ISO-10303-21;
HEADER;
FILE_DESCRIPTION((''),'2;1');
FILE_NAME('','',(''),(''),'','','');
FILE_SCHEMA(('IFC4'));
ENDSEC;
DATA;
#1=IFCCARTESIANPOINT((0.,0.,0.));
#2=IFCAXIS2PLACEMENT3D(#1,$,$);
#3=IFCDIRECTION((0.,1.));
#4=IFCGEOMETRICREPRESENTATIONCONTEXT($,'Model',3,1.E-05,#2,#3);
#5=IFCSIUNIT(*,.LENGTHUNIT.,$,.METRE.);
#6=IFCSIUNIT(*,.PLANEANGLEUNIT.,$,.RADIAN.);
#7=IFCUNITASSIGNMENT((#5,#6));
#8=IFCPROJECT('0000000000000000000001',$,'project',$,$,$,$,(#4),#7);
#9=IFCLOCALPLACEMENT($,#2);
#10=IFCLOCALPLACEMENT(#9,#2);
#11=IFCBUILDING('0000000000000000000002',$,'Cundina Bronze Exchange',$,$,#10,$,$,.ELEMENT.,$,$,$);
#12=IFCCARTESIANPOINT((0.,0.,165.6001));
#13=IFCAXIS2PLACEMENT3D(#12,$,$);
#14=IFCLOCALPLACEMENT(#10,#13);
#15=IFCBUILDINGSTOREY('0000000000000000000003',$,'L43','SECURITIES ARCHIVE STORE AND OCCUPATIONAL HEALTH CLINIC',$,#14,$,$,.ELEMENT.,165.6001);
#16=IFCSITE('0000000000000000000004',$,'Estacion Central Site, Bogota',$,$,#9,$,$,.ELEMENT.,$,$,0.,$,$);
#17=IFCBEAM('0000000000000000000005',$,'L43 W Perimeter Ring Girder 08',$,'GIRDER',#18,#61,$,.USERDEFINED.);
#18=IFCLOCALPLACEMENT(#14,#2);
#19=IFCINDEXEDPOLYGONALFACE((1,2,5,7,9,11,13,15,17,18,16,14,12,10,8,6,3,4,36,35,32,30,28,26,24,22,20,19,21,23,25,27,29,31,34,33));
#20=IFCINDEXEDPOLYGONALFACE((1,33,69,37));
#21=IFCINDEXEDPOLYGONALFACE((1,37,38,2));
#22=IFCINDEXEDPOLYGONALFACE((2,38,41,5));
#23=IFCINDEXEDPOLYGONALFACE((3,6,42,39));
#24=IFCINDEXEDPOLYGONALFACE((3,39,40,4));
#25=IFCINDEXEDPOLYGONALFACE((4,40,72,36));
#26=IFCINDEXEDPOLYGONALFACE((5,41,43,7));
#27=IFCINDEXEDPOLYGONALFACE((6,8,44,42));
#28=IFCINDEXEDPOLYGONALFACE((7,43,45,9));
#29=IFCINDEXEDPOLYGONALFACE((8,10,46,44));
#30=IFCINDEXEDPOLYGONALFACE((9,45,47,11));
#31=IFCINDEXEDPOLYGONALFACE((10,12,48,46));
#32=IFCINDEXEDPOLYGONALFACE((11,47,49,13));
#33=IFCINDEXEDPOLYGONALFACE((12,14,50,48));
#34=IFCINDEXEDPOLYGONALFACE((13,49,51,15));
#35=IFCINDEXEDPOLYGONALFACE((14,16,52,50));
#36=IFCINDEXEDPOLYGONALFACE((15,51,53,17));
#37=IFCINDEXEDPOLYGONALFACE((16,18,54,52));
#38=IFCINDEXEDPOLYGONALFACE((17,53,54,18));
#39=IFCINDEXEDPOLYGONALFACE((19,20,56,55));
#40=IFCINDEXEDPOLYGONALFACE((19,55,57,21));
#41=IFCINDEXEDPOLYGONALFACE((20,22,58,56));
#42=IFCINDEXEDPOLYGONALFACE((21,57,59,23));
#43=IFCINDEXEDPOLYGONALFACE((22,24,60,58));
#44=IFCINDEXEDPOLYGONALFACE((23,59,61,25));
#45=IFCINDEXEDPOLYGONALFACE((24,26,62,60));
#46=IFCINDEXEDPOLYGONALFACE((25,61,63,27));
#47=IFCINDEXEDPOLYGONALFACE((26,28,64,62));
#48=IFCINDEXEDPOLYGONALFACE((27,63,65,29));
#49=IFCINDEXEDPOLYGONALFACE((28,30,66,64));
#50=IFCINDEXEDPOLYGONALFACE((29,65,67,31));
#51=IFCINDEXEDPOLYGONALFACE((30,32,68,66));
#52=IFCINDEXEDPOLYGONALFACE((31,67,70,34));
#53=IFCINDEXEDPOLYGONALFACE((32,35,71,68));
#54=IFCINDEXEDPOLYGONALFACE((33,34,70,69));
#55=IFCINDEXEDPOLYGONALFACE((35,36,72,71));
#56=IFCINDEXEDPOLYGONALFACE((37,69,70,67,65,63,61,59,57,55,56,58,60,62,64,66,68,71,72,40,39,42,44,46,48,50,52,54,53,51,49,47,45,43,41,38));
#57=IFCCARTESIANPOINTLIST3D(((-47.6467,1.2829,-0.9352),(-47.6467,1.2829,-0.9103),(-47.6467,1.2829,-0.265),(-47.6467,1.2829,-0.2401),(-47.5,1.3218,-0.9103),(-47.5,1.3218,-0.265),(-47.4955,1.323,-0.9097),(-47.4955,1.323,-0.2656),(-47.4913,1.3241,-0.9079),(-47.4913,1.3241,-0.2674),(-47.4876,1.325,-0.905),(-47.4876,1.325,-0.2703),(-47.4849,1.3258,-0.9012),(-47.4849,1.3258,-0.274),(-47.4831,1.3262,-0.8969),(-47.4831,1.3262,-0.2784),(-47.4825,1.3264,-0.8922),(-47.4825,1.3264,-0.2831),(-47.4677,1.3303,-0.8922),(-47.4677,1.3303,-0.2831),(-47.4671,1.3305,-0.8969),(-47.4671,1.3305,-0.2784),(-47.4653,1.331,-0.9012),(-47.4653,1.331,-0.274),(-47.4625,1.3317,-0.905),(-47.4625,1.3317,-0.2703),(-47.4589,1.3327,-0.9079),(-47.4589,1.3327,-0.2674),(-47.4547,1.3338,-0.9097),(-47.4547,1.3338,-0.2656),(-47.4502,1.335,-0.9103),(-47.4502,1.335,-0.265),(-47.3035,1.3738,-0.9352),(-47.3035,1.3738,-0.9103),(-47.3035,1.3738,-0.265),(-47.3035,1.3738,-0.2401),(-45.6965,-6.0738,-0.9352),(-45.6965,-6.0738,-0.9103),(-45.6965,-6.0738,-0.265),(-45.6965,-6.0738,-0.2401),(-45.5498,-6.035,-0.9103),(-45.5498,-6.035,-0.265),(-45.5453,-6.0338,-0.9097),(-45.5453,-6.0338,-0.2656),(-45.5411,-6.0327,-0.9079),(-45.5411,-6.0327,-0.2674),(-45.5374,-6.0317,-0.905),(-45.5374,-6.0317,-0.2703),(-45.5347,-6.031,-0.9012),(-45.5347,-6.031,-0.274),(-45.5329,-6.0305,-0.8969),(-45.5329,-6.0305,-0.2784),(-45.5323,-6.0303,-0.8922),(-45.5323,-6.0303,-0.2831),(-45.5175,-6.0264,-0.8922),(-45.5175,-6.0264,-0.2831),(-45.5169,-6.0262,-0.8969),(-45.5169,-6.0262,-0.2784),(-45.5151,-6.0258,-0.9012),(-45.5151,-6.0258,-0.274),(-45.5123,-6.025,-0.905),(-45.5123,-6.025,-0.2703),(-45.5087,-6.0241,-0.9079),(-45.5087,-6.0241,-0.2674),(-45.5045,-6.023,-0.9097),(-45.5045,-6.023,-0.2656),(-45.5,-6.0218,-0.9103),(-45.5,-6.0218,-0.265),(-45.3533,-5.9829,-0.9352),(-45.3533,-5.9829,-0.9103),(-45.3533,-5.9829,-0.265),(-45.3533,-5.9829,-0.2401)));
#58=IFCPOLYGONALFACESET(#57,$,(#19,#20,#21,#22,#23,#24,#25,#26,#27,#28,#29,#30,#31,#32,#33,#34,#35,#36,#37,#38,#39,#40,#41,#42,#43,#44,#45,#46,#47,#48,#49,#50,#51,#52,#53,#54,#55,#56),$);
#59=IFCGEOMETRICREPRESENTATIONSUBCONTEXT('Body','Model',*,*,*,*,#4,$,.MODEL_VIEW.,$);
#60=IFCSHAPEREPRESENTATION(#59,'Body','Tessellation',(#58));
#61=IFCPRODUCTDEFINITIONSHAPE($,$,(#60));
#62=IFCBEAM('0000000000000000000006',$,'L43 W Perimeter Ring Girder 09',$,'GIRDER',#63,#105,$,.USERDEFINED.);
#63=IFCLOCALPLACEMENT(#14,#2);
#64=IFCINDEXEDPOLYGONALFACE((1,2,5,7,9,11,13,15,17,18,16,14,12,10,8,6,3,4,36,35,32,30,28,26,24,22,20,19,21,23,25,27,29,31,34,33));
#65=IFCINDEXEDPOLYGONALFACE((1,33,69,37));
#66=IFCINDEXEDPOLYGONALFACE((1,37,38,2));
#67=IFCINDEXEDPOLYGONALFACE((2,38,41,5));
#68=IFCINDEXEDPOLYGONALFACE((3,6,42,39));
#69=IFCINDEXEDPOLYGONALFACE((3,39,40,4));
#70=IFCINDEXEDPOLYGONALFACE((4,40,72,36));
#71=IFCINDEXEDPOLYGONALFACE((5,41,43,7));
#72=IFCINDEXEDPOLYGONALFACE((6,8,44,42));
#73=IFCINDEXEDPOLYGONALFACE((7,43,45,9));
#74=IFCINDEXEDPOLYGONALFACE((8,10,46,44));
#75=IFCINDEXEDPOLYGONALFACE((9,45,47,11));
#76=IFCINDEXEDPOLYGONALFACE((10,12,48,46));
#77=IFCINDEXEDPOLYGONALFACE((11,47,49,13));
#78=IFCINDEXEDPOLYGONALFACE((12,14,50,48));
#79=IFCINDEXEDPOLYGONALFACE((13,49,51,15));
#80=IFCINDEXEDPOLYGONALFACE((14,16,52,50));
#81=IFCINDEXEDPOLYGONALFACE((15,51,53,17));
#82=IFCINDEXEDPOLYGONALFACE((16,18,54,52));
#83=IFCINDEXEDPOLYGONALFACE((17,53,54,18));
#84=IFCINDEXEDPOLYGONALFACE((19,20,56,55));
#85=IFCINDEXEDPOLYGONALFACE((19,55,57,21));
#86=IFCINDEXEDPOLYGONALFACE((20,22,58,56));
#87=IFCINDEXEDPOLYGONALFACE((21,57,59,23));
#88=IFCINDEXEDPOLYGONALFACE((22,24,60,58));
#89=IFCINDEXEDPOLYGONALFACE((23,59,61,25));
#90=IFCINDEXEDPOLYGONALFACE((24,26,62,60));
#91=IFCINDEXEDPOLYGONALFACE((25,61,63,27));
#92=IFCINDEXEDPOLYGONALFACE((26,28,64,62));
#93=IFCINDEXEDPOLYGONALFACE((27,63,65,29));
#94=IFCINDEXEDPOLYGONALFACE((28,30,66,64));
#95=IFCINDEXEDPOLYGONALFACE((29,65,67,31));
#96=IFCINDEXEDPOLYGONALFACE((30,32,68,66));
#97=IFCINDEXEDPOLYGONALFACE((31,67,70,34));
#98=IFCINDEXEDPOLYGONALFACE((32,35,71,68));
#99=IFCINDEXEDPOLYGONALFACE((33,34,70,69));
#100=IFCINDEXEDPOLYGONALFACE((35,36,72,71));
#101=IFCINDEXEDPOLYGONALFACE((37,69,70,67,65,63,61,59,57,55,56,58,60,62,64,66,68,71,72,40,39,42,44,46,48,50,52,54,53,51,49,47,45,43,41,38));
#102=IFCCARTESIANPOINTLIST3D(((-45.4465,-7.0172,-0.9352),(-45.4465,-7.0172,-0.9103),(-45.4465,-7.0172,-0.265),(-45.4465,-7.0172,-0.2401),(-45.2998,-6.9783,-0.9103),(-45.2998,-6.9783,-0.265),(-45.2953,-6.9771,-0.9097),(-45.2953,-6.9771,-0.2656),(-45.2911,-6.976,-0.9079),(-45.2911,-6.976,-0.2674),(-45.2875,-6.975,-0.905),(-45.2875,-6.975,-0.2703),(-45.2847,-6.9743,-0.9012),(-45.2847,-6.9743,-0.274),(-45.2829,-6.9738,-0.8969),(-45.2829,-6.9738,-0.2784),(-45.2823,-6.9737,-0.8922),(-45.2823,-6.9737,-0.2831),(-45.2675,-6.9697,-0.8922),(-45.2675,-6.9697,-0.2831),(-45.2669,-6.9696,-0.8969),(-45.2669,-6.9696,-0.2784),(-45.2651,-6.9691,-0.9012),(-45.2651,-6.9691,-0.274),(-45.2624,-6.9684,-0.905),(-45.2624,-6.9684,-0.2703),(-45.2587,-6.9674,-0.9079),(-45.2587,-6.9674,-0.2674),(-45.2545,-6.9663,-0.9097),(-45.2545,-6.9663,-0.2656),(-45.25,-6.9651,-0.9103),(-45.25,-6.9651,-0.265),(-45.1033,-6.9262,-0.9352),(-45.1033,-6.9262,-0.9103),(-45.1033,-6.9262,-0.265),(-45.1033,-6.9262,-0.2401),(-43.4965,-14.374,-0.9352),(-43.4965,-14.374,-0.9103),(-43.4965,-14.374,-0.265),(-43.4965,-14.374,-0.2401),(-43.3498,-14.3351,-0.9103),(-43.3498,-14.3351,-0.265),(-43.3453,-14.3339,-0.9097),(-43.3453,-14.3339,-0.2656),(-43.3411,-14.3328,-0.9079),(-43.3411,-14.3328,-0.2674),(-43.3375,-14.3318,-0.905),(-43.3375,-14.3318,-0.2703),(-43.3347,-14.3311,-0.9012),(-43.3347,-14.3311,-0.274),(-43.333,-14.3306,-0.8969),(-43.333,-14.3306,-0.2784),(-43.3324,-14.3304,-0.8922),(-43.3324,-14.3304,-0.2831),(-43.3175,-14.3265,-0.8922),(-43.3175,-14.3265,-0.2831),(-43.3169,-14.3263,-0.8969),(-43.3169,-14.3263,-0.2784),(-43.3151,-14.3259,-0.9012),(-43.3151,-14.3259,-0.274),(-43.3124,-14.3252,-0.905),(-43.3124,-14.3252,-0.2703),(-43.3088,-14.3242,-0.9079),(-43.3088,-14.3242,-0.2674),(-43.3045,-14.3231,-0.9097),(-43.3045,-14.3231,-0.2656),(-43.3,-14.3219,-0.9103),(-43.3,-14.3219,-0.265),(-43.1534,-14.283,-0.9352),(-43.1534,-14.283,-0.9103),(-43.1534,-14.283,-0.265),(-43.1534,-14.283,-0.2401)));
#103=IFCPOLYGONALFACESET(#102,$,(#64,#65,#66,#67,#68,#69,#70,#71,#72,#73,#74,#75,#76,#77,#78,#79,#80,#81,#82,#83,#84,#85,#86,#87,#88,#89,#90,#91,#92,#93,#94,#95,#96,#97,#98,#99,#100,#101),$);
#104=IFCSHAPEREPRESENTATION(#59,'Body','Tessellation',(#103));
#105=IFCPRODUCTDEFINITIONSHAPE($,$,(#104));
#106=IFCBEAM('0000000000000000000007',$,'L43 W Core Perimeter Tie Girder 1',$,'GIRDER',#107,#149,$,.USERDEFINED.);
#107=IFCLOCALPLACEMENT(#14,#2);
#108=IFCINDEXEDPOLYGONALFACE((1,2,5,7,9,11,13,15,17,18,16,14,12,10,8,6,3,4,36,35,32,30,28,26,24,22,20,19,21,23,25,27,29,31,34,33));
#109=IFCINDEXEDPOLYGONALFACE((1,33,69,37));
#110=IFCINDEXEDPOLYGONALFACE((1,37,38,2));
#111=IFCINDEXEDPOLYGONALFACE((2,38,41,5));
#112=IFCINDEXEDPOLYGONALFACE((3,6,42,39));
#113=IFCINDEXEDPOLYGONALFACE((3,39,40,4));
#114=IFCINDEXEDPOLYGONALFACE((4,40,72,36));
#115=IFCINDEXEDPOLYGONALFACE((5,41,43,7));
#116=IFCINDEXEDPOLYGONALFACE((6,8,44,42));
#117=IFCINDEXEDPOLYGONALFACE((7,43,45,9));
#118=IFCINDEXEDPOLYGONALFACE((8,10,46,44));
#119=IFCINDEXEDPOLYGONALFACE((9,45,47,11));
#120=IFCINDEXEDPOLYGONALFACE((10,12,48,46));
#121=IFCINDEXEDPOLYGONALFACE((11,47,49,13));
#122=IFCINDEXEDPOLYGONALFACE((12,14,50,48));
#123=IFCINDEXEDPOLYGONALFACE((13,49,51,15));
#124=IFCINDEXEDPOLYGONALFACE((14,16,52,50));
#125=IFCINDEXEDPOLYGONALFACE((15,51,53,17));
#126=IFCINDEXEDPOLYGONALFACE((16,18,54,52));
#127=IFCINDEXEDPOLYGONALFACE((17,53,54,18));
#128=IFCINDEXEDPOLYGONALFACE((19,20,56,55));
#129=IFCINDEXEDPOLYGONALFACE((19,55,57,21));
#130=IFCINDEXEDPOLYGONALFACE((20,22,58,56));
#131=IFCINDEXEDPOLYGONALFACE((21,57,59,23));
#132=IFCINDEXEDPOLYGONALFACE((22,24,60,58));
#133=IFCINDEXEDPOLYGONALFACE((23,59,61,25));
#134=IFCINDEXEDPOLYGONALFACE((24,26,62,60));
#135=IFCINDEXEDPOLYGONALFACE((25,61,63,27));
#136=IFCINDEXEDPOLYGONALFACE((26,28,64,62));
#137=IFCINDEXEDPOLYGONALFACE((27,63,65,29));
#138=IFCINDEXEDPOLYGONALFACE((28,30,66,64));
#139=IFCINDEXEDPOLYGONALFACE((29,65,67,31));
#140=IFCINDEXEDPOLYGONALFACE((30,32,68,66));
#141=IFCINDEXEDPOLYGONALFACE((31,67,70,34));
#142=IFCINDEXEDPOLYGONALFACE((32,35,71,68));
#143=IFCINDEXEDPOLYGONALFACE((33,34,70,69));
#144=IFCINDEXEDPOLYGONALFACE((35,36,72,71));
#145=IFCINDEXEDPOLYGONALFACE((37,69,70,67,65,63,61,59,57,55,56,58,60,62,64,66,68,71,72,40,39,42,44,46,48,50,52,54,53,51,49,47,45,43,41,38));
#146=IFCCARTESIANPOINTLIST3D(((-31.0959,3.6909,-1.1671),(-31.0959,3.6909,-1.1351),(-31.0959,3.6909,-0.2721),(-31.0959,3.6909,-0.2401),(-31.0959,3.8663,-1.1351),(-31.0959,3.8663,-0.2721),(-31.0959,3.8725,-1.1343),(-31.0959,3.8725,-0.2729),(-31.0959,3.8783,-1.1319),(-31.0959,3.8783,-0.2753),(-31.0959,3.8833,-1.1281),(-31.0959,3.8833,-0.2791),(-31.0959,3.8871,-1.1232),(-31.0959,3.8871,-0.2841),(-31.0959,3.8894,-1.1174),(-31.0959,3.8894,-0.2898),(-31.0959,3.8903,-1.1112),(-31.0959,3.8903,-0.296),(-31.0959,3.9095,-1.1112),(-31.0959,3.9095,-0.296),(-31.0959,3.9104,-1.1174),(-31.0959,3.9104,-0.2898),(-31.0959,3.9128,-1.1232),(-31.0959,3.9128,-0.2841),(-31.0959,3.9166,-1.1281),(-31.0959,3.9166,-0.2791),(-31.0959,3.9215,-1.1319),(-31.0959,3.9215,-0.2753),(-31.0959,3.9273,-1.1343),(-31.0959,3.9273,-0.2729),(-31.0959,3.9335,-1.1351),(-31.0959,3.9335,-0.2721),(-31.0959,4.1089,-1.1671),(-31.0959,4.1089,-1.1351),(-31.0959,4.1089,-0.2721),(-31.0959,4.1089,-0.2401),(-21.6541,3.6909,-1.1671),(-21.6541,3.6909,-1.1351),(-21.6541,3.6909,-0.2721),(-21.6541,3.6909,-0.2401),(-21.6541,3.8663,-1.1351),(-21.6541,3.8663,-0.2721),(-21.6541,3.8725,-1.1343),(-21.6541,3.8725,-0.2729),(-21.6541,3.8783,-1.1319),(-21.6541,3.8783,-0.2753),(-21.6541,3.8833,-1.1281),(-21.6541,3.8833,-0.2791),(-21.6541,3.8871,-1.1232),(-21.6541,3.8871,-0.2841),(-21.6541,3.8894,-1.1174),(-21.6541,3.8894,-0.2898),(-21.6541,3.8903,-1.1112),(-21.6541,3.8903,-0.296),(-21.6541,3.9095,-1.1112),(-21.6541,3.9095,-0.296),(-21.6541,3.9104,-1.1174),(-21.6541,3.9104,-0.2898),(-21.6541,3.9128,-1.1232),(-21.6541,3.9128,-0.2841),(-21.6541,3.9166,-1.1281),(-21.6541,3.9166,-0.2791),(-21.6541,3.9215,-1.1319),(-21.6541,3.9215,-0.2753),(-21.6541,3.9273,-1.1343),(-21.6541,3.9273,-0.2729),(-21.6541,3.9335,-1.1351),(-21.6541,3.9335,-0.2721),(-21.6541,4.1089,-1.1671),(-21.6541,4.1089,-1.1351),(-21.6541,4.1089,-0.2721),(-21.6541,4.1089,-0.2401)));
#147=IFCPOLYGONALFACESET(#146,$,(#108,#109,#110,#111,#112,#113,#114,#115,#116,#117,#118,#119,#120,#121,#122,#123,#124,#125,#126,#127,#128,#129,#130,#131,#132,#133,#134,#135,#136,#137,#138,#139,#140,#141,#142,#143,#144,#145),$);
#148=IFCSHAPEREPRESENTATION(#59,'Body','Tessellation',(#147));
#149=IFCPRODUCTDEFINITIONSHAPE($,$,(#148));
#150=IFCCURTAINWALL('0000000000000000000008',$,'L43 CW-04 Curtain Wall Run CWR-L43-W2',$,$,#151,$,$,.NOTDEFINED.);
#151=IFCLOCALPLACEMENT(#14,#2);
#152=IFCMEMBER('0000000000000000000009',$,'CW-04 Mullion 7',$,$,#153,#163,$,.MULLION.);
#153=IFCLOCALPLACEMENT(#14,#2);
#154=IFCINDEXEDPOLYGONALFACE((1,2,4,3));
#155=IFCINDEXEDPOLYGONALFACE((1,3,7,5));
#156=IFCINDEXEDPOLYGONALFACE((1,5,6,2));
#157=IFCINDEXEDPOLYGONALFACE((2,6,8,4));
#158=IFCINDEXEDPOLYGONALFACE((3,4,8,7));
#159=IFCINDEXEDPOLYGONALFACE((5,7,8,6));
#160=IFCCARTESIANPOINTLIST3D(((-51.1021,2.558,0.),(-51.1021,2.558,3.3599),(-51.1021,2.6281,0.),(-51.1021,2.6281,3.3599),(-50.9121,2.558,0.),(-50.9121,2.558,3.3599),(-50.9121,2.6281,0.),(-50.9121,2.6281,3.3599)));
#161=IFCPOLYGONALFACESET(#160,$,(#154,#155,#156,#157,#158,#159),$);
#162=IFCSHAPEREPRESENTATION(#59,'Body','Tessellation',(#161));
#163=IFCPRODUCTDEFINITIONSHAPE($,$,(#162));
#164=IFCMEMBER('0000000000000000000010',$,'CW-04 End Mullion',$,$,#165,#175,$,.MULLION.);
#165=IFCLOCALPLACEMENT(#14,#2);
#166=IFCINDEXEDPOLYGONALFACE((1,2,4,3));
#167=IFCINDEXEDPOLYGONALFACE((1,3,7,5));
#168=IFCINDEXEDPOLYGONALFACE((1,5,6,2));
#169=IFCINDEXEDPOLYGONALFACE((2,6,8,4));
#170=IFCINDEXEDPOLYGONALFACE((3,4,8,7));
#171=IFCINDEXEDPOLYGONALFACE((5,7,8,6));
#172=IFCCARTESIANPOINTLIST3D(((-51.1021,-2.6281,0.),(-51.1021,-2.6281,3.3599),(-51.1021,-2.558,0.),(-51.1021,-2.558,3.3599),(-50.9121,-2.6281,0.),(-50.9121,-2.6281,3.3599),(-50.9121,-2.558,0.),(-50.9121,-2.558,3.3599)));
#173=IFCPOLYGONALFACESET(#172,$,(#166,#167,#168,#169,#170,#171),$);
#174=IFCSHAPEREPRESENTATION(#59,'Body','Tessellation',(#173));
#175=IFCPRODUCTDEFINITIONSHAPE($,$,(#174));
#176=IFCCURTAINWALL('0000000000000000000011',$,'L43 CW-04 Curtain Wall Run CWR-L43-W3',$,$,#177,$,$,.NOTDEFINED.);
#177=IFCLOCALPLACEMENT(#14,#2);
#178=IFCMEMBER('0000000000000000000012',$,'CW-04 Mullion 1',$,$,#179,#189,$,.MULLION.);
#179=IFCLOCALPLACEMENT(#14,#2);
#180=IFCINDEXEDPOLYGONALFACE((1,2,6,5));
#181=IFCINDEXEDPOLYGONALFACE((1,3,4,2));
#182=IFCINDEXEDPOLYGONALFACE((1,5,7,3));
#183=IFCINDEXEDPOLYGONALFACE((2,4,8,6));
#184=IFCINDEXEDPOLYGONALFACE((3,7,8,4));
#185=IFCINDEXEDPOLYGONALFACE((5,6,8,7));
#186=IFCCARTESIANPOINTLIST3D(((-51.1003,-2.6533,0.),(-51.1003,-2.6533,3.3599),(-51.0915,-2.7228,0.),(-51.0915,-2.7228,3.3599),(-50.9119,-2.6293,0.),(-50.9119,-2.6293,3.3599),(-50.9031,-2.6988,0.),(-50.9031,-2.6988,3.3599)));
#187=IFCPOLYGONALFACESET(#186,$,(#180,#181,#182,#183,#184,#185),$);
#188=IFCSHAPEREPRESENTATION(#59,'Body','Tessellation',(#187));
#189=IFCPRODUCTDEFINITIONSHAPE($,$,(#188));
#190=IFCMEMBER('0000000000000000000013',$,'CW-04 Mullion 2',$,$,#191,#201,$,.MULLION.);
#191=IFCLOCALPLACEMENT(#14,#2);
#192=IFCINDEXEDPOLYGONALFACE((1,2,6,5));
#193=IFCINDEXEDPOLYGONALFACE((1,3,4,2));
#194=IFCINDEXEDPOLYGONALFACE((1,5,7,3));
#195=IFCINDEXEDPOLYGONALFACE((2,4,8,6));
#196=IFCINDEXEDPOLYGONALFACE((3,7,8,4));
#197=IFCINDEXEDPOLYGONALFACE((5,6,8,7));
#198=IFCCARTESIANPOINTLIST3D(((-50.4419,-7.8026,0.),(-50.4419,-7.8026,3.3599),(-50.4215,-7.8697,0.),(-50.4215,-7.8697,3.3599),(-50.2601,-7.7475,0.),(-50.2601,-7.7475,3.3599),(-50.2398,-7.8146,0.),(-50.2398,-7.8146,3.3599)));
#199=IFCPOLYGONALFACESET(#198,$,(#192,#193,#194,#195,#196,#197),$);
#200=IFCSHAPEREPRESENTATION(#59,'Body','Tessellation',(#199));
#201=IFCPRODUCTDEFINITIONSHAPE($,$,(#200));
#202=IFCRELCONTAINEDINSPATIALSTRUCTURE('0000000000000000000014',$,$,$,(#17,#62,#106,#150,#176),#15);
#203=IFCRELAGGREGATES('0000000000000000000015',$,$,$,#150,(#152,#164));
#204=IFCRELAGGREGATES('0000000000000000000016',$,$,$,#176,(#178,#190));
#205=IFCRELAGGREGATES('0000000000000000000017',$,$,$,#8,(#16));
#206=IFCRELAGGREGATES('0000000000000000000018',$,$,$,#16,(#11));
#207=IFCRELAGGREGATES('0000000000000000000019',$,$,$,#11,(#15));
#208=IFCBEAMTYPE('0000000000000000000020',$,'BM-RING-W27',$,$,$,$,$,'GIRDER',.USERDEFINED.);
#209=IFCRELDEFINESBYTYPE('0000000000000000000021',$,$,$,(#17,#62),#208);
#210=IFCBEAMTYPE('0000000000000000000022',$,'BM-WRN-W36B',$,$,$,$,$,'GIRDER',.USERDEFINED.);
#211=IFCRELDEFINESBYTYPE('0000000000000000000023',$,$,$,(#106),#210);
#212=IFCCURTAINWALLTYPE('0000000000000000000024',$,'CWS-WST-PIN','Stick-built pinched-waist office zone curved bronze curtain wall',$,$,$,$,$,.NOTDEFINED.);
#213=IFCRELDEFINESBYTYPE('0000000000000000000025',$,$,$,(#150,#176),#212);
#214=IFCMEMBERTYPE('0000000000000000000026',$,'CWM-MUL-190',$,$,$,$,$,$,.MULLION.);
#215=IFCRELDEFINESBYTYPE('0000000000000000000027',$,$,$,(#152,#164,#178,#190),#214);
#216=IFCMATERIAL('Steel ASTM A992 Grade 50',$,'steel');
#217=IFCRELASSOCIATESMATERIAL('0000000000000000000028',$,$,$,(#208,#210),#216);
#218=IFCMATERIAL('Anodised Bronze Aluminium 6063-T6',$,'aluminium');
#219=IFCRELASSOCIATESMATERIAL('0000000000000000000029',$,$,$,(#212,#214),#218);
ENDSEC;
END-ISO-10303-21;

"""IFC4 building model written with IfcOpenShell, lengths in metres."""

from ifc_helpers import new_model, si_unit, direction, frame, origin, origin_2d, place, context, subcontext, project, spatial, rectangle, i_section, extrude, material, material_profile, profile_set, type_object, element, aggregate, save


model = new_model("IFC4")

# Units and contexts
model_context = context("Model", 3, precision=1e-05, world=origin(), true_north=direction((0.0, 1.0)))
body_context = subcontext(model_context, "Body", "Model", "MODEL_VIEW")
ifc_project = project(units=[si_unit("LENGTHUNIT", "METRE"), si_unit("PLANEANGLEUNIT", "RADIAN")], contexts=[model_context])

# Site, building, storey
site_placement = place(None, origin())
site = spatial("IfcSite", under=ifc_project, at=site_placement, Name="Estacion Central Site, Bogota", CompositionType="ELEMENT", RefElevation=0.0)
building_placement = place(site_placement, origin())
building = spatial("IfcBuilding", under=site, at=building_placement, Name="Cundina Bronze Exchange", CompositionType="ELEMENT")
storey_placement = place(building_placement, frame((0.0, 0.0, 165.6001)))
storey = spatial("IfcBuildingStorey", under=building, at=storey_placement, Name="L43", Description="SECURITIES ARCHIVE STORE AND OCCUPATIONAL HEALTH CLINIC", CompositionType="ELEMENT", Elevation=165.6001)

# Shared definitions
ifc_material_1 = material(Name="Steel ASTM A992 Grade 50", Category="steel")

# Beams
ifc_material_profile_1 = material_profile(ifc_material_1, i_section(OverallWidth=0.355, OverallDepth=0.6951, WebThickness=0.0154, FlangeThickness=0.0249, FilletRadius=0.0181, at=origin_2d()), Name="W27X146", Category="steel")
ifc_profile_set_1 = profile_set([ifc_material_profile_1], Name="Steel ASTM A992 Grade 50")
beam_type_1 = type_object("IfcBeamType", Name="BM-RING-W27", ElementType="GIRDER", PredefinedType="USERDEFINED", material=ifc_profile_set_1)
for number, where, z_axis, x_axis, name in (
    (1, (-47.4751, 1.3284, -0.5876), (0.256241, -0.966613, 0.0), (0.966613, 0.256241, 0.0), "L43 W Perimeter Ring Girder 08"),
    (2, (-45.2749, -6.9717, -0.5876), (0.256211, -0.966621, 0.0), (0.966621, 0.256211, 0.0), "L43 W Perimeter Ring Girder 09"),
):
    element("IfcBeam", number, at=place(storey_placement, frame(where, z_axis=z_axis, x_axis=x_axis)), inside=storey, type_object=beam_type_1, Name=name, ObjectType="GIRDER", PredefinedType="USERDEFINED", context=body_context, shape_type="SweptSolid", body=[
        extrude(i_section(OverallWidth=0.355, OverallDepth=0.6951, WebThickness=0.0154, FlangeThickness=0.0249, FilletRadius=0.0181, at=origin_2d()), origin(), (0.0, 0.0, 1.0), 7.6108),
    ])
ifc_material_profile_2 = material_profile(ifc_material_1, i_section(OverallWidth=0.418, OverallDepth=0.927, WebThickness=0.0193, FlangeThickness=0.032, FilletRadius=0.0239, at=origin_2d()), Name="W36X231", Category="steel")
ifc_profile_set_2 = profile_set([ifc_material_profile_2], Name="Steel ASTM A992 Grade 50")
beam_type_2 = type_object("IfcBeamType", Name="BM-WRN-W36B", ElementType="GIRDER", PredefinedType="USERDEFINED", material=ifc_profile_set_2)
beam_1_placement = place(storey_placement, frame((-31.0959, 3.8999, -0.7036), z_axis=(1.0, 0.0, 0.0), x_axis=(0.0, 1.0, 0.0)))
element("IfcBeam", 3, at=beam_1_placement, inside=storey, type_object=beam_type_2, Name="L43 W Core Perimeter Tie Girder 1", ObjectType="GIRDER", PredefinedType="USERDEFINED", context=body_context, shape_type="SweptSolid", body=[
    extrude(i_section(OverallWidth=0.418, OverallDepth=0.927, WebThickness=0.0193, FlangeThickness=0.032, FilletRadius=0.0239, at=origin_2d()), origin(), (0.0, 0.0, 1.0), 9.4419),
])

# Curtain walls, members
ifc_material_2 = material(Name="Anodised Bronze Aluminium 6063-T6", Category="aluminium")
curtain_wall_type = type_object("IfcCurtainWallType", Name="CWS-WST-PIN", Description="Stick-built pinched-waist office zone curved bronze curtain wall", PredefinedType="NOTDEFINED", material=ifc_material_2)
curtain_wall_1_placement = place(storey_placement, origin())
curtain_wall_1 = element("IfcCurtainWall", 4, at=curtain_wall_1_placement, inside=storey, type_object=curtain_wall_type, Name="L43 CW-04 Curtain Wall Run CWR-L43-W2", PredefinedType="NOTDEFINED")
ifc_material_profile_3 = material_profile(ifc_material_2, rectangle(XDim=0.0701, YDim=0.1899, at=origin_2d()), Name="AL70X190", Category="aluminium")
ifc_profile_set_3 = profile_set([ifc_material_profile_3], Name="Anodised Bronze Aluminium 6063-T6")
member_type_1 = type_object("IfcMemberType", Name="CWM-MUL-190", PredefinedType="MULLION", material=ifc_profile_set_3)
member_1_placement = place(storey_placement, frame((-51.0071, 2.593, 0.0), z_axis=(0.0, 0.0, 1.0), x_axis=(0.0, -1.0, 0.0)))
member_1 = element("IfcMember", 5, at=member_1_placement, type_object=member_type_1, Name="CW-04 Mullion 7", PredefinedType="MULLION", context=body_context, shape_type="SweptSolid", body=[
    extrude(rectangle(XDim=0.0701, YDim=0.1899, at=origin_2d()), origin(), (0.0, 0.0, 1.0), 3.3599),
])
member_2_placement = place(storey_placement, frame((-51.0071, -2.593, 0.0), z_axis=(0.0, 0.0, 1.0), x_axis=(0.0, -1.0, 0.0)))
member_2 = element("IfcMember", 6, at=member_2_placement, type_object=member_type_1, Name="CW-04 End Mullion", PredefinedType="MULLION", context=body_context, shape_type="SweptSolid", body=[
    extrude(rectangle(XDim=0.0701, YDim=0.1899, at=origin_2d()), origin(), (0.0, 0.0, 1.0), 3.3599),
])
curtain_wall_2_placement = place(storey_placement, origin())
curtain_wall_2 = element("IfcCurtainWall", 7, at=curtain_wall_2_placement, inside=storey, type_object=curtain_wall_type, Name="L43 CW-04 Curtain Wall Run CWR-L43-W3", PredefinedType="NOTDEFINED")
member_3_placement = place(storey_placement, frame((-51.0017, -2.676, 0.0), z_axis=(0.0, 0.0, 1.0), x_axis=(0.126545, -0.991961, 0.0)))
member_3 = element("IfcMember", 8, at=member_3_placement, type_object=member_type_1, Name="CW-04 Mullion 1", PredefinedType="MULLION", context=body_context, shape_type="SweptSolid", body=[
    extrude(rectangle(XDim=0.0701, YDim=0.1899, at=origin_2d()), origin(), (0.0, 0.0, 1.0), 3.3599),
])
member_4_placement = place(storey_placement, frame((-50.3408, -7.8086, 0.0), z_axis=(0.0, 0.0, 1.0), x_axis=(0.290034, -0.957016, 0.0)))
member_4 = element("IfcMember", 9, at=member_4_placement, type_object=member_type_1, Name="CW-04 Mullion 2", PredefinedType="MULLION", context=body_context, shape_type="SweptSolid", body=[
    extrude(rectangle(XDim=0.0701, YDim=0.1899, at=origin_2d()), origin(), (0.0, 0.0, 1.0), 3.3599),
])

aggregate(curtain_wall_1, [member_1, member_2])
aggregate(curtain_wall_2, [member_3, member_4])

save(model, "model.ifc")
